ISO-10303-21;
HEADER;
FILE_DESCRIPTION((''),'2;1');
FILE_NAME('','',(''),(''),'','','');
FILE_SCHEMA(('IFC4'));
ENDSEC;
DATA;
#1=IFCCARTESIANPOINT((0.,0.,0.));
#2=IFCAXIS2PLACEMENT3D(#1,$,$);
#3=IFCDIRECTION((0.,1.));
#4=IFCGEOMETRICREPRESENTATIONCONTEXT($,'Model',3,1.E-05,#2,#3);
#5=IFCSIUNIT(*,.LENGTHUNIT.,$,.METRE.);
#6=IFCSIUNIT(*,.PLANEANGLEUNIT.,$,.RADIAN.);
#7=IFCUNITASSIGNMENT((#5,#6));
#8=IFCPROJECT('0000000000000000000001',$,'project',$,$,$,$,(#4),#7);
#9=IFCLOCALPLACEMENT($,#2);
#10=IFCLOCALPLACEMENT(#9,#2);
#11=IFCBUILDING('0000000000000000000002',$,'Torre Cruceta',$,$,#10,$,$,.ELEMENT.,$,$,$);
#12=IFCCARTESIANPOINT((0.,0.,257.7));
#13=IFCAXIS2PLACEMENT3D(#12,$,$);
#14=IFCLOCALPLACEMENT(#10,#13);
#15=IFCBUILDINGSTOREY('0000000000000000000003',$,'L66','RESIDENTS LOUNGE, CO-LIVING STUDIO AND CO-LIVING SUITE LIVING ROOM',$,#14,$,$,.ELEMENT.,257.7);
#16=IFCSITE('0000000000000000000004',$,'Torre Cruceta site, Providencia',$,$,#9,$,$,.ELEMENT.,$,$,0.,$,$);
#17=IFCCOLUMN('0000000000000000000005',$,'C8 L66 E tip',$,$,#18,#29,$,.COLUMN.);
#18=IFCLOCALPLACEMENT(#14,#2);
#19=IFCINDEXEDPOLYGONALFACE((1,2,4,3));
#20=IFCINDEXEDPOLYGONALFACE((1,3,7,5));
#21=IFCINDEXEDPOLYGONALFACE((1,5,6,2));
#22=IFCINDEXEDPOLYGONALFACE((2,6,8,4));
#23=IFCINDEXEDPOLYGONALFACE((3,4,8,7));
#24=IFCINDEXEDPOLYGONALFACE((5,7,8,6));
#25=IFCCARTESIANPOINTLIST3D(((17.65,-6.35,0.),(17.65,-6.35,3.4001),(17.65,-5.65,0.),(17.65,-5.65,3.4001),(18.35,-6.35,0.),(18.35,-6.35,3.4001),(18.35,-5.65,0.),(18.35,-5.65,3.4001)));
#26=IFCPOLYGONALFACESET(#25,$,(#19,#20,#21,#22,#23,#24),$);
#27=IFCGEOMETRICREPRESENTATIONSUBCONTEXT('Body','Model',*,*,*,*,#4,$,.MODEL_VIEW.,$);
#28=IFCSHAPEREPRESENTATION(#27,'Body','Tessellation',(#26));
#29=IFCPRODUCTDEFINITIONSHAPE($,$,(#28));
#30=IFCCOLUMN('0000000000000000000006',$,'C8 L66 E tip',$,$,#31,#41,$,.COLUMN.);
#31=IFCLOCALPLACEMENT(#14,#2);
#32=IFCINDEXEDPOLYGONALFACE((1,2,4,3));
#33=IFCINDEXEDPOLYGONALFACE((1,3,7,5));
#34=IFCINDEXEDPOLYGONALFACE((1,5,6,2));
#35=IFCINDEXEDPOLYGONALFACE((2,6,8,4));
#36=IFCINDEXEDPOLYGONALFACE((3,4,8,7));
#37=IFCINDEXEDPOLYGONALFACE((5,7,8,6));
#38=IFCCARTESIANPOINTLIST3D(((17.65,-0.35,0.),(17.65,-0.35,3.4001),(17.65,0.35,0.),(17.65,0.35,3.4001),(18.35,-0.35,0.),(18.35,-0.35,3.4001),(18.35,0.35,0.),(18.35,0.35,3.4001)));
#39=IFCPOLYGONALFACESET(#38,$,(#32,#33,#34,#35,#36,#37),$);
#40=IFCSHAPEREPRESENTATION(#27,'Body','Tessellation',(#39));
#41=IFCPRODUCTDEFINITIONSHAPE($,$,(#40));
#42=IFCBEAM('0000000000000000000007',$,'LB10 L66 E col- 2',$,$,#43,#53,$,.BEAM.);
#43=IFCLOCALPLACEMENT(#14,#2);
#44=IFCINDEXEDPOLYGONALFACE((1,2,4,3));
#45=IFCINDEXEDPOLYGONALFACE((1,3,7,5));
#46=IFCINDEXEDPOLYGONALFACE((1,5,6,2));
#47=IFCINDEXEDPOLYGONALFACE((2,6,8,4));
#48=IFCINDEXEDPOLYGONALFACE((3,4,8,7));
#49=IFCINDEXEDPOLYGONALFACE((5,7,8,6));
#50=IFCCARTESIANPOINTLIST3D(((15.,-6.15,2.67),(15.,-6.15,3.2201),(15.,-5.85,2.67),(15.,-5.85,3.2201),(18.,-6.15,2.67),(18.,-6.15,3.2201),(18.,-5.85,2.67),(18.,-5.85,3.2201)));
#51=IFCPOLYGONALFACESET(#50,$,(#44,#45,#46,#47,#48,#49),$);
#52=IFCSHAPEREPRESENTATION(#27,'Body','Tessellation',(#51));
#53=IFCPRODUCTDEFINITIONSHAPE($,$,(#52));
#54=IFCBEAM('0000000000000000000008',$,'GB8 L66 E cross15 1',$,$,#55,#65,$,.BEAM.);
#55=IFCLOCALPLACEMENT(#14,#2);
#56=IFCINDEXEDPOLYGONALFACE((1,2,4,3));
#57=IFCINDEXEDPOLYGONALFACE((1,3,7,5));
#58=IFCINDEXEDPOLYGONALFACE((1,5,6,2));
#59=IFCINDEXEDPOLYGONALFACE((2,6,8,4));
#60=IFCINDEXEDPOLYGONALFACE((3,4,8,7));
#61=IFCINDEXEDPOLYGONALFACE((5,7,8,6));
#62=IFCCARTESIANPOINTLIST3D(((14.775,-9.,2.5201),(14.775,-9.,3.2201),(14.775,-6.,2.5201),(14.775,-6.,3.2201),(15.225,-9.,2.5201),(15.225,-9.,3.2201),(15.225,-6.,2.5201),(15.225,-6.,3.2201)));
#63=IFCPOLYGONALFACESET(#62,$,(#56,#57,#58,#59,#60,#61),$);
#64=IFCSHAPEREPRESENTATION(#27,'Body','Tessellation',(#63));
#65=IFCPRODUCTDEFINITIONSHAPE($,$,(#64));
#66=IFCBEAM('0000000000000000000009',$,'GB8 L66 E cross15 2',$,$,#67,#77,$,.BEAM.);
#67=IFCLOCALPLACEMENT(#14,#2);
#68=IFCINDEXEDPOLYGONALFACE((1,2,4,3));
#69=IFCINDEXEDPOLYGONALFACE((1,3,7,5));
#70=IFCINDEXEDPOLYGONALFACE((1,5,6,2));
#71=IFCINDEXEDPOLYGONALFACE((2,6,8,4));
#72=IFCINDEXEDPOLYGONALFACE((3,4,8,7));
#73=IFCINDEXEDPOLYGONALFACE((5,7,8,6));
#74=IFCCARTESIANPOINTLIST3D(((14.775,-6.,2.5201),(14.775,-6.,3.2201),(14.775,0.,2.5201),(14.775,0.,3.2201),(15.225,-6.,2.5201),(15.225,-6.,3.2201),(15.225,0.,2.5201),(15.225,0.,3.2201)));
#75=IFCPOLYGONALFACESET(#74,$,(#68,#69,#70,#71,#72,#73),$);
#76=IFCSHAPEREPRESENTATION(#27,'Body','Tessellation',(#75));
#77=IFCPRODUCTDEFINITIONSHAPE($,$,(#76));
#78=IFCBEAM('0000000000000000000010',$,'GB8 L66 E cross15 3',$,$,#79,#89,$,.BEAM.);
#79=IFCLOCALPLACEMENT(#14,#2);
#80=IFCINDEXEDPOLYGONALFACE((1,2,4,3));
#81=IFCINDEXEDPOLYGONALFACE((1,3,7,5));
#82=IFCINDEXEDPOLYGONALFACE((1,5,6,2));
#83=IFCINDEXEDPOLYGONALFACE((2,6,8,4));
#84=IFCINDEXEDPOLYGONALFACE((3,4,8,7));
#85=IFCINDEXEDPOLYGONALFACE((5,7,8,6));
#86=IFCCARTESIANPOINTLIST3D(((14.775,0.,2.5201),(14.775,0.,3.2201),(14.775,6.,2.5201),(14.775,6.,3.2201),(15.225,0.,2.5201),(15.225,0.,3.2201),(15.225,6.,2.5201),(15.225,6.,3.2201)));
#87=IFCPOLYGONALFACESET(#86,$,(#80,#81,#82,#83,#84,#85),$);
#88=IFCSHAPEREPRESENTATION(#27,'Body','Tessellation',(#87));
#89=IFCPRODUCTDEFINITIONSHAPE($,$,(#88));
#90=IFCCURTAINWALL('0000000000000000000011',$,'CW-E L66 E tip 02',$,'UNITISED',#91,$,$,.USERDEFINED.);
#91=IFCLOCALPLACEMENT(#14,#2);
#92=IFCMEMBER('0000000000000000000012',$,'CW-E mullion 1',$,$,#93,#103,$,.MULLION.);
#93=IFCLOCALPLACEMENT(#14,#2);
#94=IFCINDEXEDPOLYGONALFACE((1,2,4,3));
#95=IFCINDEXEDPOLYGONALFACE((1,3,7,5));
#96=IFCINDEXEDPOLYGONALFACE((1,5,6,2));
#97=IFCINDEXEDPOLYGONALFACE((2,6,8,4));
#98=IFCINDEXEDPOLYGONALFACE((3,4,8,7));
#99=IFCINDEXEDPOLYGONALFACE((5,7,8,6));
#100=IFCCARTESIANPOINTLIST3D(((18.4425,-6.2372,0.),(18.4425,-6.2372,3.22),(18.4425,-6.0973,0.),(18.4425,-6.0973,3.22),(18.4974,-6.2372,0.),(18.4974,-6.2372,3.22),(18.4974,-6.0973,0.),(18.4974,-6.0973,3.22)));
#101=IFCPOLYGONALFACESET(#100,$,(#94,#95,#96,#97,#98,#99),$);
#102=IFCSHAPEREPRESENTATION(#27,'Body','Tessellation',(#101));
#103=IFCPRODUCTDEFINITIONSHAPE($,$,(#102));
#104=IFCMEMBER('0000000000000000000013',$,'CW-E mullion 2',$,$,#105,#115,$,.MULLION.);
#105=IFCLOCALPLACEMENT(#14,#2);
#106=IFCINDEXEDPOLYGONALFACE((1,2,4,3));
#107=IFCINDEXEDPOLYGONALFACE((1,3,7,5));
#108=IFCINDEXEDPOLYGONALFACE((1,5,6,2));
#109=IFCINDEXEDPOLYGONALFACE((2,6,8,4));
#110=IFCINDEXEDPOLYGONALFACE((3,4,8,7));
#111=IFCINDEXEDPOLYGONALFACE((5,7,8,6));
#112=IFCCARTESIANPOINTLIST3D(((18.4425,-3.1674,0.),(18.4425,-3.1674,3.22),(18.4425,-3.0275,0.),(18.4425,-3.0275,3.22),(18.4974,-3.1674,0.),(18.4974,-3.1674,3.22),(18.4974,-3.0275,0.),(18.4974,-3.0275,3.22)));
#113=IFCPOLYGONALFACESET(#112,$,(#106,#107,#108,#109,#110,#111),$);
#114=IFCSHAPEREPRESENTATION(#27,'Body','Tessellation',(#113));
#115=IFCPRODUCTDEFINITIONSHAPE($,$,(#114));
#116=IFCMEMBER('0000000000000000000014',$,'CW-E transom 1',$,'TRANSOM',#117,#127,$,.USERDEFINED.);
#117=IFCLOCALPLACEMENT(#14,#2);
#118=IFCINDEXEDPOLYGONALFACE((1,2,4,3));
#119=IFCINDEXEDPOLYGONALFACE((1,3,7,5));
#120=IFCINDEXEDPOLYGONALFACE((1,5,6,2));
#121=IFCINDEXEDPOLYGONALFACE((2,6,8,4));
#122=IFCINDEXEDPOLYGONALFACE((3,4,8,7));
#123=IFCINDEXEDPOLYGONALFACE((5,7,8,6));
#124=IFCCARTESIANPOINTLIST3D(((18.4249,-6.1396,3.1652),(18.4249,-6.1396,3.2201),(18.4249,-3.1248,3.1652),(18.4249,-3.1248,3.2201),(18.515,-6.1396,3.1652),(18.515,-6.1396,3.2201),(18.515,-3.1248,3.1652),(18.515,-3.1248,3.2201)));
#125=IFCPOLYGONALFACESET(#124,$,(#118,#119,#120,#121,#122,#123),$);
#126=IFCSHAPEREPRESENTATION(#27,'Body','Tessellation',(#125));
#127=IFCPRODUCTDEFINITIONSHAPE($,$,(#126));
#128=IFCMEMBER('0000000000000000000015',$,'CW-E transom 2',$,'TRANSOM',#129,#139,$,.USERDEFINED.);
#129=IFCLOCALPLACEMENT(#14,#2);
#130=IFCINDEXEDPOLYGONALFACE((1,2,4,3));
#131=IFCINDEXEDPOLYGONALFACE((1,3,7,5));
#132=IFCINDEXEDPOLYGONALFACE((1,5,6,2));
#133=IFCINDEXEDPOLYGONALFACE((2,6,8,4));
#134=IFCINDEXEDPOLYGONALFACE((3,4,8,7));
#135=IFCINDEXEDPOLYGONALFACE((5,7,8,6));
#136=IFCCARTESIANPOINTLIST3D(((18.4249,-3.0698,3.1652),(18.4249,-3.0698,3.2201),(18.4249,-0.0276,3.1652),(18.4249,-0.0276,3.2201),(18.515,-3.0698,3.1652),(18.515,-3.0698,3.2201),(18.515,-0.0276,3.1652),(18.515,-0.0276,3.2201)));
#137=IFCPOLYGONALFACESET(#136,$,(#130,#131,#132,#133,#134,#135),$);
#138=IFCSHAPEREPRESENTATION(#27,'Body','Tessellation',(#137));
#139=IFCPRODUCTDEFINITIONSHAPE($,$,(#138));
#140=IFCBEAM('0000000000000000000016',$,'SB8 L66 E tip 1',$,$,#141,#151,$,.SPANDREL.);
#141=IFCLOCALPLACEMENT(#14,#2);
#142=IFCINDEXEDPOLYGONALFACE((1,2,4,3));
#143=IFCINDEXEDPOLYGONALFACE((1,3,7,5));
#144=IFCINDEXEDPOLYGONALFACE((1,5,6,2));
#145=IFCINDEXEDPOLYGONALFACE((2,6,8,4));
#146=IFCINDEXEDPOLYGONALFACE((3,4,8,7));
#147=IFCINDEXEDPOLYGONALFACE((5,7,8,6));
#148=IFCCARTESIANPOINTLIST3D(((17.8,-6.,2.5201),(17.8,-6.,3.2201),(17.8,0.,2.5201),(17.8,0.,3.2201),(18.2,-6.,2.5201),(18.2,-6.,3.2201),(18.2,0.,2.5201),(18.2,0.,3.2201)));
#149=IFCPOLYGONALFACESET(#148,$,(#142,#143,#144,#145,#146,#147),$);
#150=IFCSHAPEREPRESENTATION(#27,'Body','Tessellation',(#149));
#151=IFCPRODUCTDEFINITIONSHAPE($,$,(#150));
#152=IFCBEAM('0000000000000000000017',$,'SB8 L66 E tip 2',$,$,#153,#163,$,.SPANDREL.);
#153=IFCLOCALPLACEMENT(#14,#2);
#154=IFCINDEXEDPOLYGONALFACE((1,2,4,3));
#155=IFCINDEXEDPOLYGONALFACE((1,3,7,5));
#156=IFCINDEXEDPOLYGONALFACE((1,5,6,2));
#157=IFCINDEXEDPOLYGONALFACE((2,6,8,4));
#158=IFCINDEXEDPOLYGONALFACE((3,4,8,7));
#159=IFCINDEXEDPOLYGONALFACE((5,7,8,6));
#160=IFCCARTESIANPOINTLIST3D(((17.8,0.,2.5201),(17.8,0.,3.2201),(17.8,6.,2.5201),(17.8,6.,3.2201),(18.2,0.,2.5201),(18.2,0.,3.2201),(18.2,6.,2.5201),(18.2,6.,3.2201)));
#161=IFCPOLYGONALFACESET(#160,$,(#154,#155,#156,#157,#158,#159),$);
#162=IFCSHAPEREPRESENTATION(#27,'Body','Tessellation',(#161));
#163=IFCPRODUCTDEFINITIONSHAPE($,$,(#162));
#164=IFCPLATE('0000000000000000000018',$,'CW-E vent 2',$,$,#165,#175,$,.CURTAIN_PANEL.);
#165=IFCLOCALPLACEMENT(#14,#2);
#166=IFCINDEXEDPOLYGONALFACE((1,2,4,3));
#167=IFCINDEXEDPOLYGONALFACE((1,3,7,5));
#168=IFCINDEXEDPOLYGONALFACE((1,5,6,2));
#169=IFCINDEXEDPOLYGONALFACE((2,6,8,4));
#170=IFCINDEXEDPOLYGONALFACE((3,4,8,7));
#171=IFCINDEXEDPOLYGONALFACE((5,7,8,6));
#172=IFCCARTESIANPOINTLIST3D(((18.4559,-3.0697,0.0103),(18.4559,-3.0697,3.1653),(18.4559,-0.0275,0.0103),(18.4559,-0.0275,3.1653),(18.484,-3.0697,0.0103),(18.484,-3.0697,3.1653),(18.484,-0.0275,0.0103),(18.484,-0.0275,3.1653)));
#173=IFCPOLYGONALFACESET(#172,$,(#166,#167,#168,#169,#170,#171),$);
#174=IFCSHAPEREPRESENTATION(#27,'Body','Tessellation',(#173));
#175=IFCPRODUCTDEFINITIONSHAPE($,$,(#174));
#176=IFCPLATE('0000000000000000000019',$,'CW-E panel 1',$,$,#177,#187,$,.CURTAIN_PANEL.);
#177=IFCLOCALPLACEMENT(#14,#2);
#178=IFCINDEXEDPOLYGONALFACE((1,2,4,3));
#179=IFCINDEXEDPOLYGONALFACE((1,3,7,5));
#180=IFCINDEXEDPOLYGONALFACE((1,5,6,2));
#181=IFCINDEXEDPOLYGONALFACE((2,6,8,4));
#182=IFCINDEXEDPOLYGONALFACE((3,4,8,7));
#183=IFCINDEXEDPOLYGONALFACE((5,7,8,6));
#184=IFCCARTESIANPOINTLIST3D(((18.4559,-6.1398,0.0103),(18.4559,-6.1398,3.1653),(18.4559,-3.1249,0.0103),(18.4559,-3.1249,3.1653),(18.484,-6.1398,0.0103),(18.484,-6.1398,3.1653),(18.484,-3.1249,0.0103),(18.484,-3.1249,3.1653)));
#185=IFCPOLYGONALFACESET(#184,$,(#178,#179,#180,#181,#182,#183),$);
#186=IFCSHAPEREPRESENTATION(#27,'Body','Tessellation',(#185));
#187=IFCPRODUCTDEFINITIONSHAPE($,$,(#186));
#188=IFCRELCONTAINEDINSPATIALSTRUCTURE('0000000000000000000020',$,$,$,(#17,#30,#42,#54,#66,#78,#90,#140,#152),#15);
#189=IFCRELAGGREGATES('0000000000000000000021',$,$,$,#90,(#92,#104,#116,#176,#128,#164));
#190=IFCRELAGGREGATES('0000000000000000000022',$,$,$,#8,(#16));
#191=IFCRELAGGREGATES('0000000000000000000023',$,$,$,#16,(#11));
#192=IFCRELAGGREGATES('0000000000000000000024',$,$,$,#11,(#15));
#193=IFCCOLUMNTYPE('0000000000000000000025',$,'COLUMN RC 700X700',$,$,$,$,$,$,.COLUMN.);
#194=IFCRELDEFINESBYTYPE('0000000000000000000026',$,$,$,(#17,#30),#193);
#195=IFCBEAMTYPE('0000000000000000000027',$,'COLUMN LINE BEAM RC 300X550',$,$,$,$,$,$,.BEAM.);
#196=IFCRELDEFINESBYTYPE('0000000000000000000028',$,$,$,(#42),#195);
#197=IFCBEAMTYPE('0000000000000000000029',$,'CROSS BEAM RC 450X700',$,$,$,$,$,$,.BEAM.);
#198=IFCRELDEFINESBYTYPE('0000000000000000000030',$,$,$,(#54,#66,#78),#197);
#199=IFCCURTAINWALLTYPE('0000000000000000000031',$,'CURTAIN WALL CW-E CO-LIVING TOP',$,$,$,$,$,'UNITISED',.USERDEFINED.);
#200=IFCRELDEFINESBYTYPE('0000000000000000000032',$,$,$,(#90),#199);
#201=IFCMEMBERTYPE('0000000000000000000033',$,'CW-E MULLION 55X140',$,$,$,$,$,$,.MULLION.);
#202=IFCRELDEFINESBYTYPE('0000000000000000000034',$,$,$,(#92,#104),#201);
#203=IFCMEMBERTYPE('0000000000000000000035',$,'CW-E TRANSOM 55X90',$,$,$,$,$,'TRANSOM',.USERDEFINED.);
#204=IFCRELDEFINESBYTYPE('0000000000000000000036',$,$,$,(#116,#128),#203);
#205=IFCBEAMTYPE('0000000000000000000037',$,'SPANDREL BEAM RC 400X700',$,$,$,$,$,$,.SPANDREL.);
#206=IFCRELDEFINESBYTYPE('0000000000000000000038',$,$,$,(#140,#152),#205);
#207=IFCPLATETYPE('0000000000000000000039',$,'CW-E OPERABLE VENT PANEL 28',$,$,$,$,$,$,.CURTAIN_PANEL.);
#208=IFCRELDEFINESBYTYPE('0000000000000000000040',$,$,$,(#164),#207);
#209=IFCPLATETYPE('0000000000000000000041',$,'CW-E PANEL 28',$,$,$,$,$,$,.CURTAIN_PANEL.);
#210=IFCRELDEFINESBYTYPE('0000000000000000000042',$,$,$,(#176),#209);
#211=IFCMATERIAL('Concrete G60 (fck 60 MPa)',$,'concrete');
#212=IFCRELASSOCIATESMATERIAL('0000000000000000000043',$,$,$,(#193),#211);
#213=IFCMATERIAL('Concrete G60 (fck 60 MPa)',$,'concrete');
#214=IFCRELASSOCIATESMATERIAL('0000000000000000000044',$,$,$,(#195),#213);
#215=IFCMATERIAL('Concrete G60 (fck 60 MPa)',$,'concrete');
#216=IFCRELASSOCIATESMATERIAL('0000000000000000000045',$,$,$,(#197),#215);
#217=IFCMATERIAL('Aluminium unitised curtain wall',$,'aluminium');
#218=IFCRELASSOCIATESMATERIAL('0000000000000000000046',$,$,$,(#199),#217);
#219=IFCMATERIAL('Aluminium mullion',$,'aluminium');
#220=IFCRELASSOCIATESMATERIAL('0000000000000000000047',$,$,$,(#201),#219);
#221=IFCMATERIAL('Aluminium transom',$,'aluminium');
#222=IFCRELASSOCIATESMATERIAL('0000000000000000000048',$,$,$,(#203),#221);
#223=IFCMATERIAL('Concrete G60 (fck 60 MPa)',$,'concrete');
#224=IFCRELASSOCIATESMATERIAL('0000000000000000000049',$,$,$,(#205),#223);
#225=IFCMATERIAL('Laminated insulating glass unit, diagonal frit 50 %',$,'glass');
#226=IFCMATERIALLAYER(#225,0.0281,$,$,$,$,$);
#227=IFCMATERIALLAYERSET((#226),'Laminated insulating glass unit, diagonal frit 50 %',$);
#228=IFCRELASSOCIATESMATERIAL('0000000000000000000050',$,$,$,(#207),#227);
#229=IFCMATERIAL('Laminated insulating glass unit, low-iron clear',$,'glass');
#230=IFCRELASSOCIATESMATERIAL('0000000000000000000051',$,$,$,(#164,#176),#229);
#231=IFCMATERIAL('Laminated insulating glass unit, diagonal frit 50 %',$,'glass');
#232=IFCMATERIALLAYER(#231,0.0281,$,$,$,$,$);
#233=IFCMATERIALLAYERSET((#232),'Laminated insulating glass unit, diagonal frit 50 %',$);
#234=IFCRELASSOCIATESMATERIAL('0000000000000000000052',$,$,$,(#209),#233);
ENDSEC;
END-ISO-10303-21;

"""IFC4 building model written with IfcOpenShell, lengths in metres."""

from ifc_helpers import new_model, si_unit, direction, frame, origin, origin_2d, place, context, subcontext, project, spatial, rectangle, extrude, material, layer, layer_set, material_profile, profile_set, type_object, element, aggregate, save


model = new_model("IFC4")

# Units and contexts
model_context = context("Model", 3, precision=1e-05, world=origin(), true_north=direction((0.0, 1.0)))
body_context = subcontext(model_context, "Body", "Model", "MODEL_VIEW")
ifc_project = project(units=[si_unit("LENGTHUNIT", "METRE"), si_unit("PLANEANGLEUNIT", "RADIAN")], contexts=[model_context])

# Site, building, storey
site_placement = place(None, origin())
site = spatial("IfcSite", under=ifc_project, at=site_placement, Name="Torre Cruceta site, Providencia", CompositionType="ELEMENT", RefElevation=0.0)
building_placement = place(site_placement, origin())
building = spatial("IfcBuilding", under=site, at=building_placement, Name="Torre Cruceta", CompositionType="ELEMENT")
storey_placement = place(building_placement, frame((0.0, 0.0, 257.7)))
storey = spatial("IfcBuildingStorey", under=building, at=storey_placement, Name="L66", Description="RESIDENTS LOUNGE, CO-LIVING STUDIO AND CO-LIVING SUITE LIVING ROOM", CompositionType="ELEMENT", Elevation=257.7)

# Columns
ifc_material_1 = material(Name="Concrete G60 (fck 60 MPa)", Category="concrete")
ifc_material_profile_1 = material_profile(ifc_material_1, rectangle(XDim=0.7, YDim=0.7, at=origin_2d()), Name="RC 700X700")
ifc_profile_set_1 = profile_set([ifc_material_profile_1], Name="Concrete G60 (fck 60 MPa)")
column_type = type_object("IfcColumnType", Name="COLUMN RC 700X700", PredefinedType="COLUMN", material=ifc_profile_set_1)
for number, where, z_axis, x_axis, name in (
    (1, (18.0, -6.0, 0.0), (0.0, 0.0, 1.0), (1.0, 0.0, 0.0), "C8 L66 E tip"),
    (2, (18.0, 0.0, 0.0), (0.0, 0.0, 1.0), (1.0, 0.0, 0.0), "C8 L66 E tip"),
):
    element("IfcColumn", number, at=place(storey_placement, frame(where, z_axis=z_axis, x_axis=x_axis)), inside=storey, type_object=column_type, Name=name, PredefinedType="COLUMN", context=body_context, shape_type="SweptSolid", body=[
        extrude(rectangle(XDim=0.7, YDim=0.7, at=origin_2d()), origin(), (0.0, 0.0, 1.0), 3.4001),
    ])

# Beams
ifc_material_2 = material(Name="Concrete G60 (fck 60 MPa)", Category="concrete")
ifc_material_profile_2 = material_profile(ifc_material_2, rectangle(XDim=0.3, YDim=0.55, at=origin_2d()), Name="RC 300X550")
ifc_profile_set_2 = profile_set([ifc_material_profile_2], Name="Concrete G60 (fck 60 MPa)")
beam_type_1 = type_object("IfcBeamType", Name="COLUMN LINE BEAM RC 300X550", PredefinedType="BEAM", material=ifc_profile_set_2)
beam_1_placement = place(storey_placement, frame((15.0, -6.0, 2.9451), z_axis=(1.0, 0.0, 0.0), x_axis=(0.0, 1.0, 0.0)))
element("IfcBeam", 3, at=beam_1_placement, inside=storey, type_object=beam_type_1, Name="LB10 L66 E col- 2", PredefinedType="BEAM", context=body_context, shape_type="SweptSolid", body=[
    extrude(rectangle(XDim=0.3, YDim=0.55, at=origin_2d()), origin(), (0.0, 0.0, 1.0), 3.0),
])
ifc_material_3 = material(Name="Concrete G60 (fck 60 MPa)", Category="concrete")
ifc_material_profile_3 = material_profile(ifc_material_3, rectangle(XDim=0.45, YDim=0.7, at=origin_2d()), Name="RC 450X700")
ifc_profile_set_3 = profile_set([ifc_material_profile_3], Name="Concrete G60 (fck 60 MPa)")
beam_type_2 = type_object("IfcBeamType", Name="CROSS BEAM RC 450X700", PredefinedType="BEAM", material=ifc_profile_set_3)
beam_2_placement = place(storey_placement, frame((15.0, -9.0, 2.8701), z_axis=(0.0, 1.0, 0.0), x_axis=(-1.0, 0.0, 0.0)))
element("IfcBeam", 4, at=beam_2_placement, inside=storey, type_object=beam_type_2, Name="GB8 L66 E cross15 1", PredefinedType="BEAM", context=body_context, shape_type="SweptSolid", body=[
    extrude(rectangle(XDim=0.45, YDim=0.7, at=origin_2d()), origin(), (0.0, 0.0, 1.0), 3.0),
])
for number, where, z_axis, x_axis, name in (
    (5, (15.0, -6.0, 2.8701), (0.0, 1.0, 0.0), (-1.0, 0.0, 0.0), "GB8 L66 E cross15 2"),
    (6, (15.0, 0.0, 2.8701), (0.0, 1.0, 0.0), (-1.0, 0.0, 0.0), "GB8 L66 E cross15 3"),
):
    element("IfcBeam", number, at=place(storey_placement, frame(where, z_axis=z_axis, x_axis=x_axis)), inside=storey, type_object=beam_type_2, Name=name, PredefinedType="BEAM", context=body_context, shape_type="SweptSolid", body=[
        extrude(rectangle(XDim=0.45, YDim=0.7, at=origin_2d()), origin(), (0.0, 0.0, 1.0), 6.0),
    ])

# Curtain wall, members
ifc_material_4 = material(Name="Aluminium unitised curtain wall", Category="aluminium")
curtain_wall_type = type_object("IfcCurtainWallType", Name="CURTAIN WALL CW-E CO-LIVING TOP", ElementType="UNITISED", PredefinedType="USERDEFINED", material=ifc_material_4)
curtain_wall_placement = place(storey_placement, origin())
curtain_wall = element("IfcCurtainWall", 7, at=curtain_wall_placement, inside=storey, type_object=curtain_wall_type, Name="CW-E L66 E tip 02", ObjectType="UNITISED", PredefinedType="USERDEFINED")
ifc_material_5 = material(Name="Aluminium mullion", Category="aluminium")
ifc_material_profile_4 = material_profile(ifc_material_5, rectangle(XDim=0.0549, YDim=0.1399, at=origin_2d()), Name="AL 55X140")
ifc_profile_set_4 = profile_set([ifc_material_profile_4], Name="Aluminium mullion")
member_type_1 = type_object("IfcMemberType", Name="CW-E MULLION 55X140", PredefinedType="MULLION", material=ifc_profile_set_4)
member_1_placement = place(storey_placement, frame((18.47, -6.1672, 0.0), z_axis=(0.0, 0.0, 1.0), x_axis=(-1.0, 0.0, 0.0)))
member_1 = element("IfcMember", 8, at=member_1_placement, type_object=member_type_1, Name="CW-E mullion 1", PredefinedType="MULLION", context=body_context, shape_type="SweptSolid", body=[
    extrude(rectangle(XDim=0.0549, YDim=0.1399, at=origin_2d()), origin(), (0.0, 0.0, 1.0), 3.22),
])
member_2_placement = place(storey_placement, frame((18.47, -3.0974, 0.0), z_axis=(0.0, 0.0, 1.0), x_axis=(-1.0, 0.0, 0.0)))
member_2 = element("IfcMember", 9, at=member_2_placement, type_object=member_type_1, Name="CW-E mullion 2", PredefinedType="MULLION", context=body_context, shape_type="SweptSolid", body=[
    extrude(rectangle(XDim=0.0549, YDim=0.1399, at=origin_2d()), origin(), (0.0, 0.0, 1.0), 3.22),
])
ifc_material_6 = material(Name="Aluminium transom", Category="aluminium")
ifc_material_profile_5 = material_profile(ifc_material_6, rectangle(XDim=0.0901, YDim=0.0549, at=origin_2d()), Name="AL 90X55")
ifc_profile_set_5 = profile_set([ifc_material_profile_5], Name="Aluminium transom")
member_type_2 = type_object("IfcMemberType", Name="CW-E TRANSOM 55X90", ElementType="TRANSOM", PredefinedType="USERDEFINED", material=ifc_profile_set_5)
member_3_placement = place(storey_placement, frame((18.47, -6.1396, 3.1926), z_axis=(0.0, 1.0, 0.0), x_axis=(-1.0, 0.0, 0.0)))
member_3 = element("IfcMember", 10, at=member_3_placement, type_object=member_type_2, Name="CW-E transom 1", ObjectType="TRANSOM", PredefinedType="USERDEFINED", context=body_context, shape_type="SweptSolid", body=[
    extrude(rectangle(XDim=0.0901, YDim=0.0549, at=origin_2d()), origin(), (0.0, 0.0, 1.0), 3.0149),
])
member_4_placement = place(storey_placement, frame((18.47, -3.0698, 3.1926), z_axis=(0.0, 1.0, 0.0), x_axis=(-1.0, 0.0, 0.0)))
member_4 = element("IfcMember", 11, at=member_4_placement, type_object=member_type_2, Name="CW-E transom 2", ObjectType="TRANSOM", PredefinedType="USERDEFINED", context=body_context, shape_type="SweptSolid", body=[
    extrude(rectangle(XDim=0.0901, YDim=0.0549, at=origin_2d()), origin(), (0.0, 0.0, 1.0), 3.0422),
])

# Beams
ifc_material_7 = material(Name="Concrete G60 (fck 60 MPa)", Category="concrete")
ifc_material_profile_6 = material_profile(ifc_material_7, rectangle(XDim=0.3999, YDim=0.7, at=origin_2d()), Name="RC 400X700")
ifc_profile_set_6 = profile_set([ifc_material_profile_6], Name="Concrete G60 (fck 60 MPa)")
beam_type_3 = type_object("IfcBeamType", Name="SPANDREL BEAM RC 400X700", PredefinedType="SPANDREL", material=ifc_profile_set_6)
for number, where, z_axis, x_axis, name in (
    (12, (18.0, -6.0, 2.8701), (0.0, 1.0, 0.0), (-1.0, 0.0, 0.0), "SB8 L66 E tip 1"),
    (13, (18.0, 0.0, 2.8701), (0.0, 1.0, 0.0), (-1.0, 0.0, 0.0), "SB8 L66 E tip 2"),
):
    element("IfcBeam", number, at=place(storey_placement, frame(where, z_axis=z_axis, x_axis=x_axis)), inside=storey, type_object=beam_type_3, Name=name, PredefinedType="SPANDREL", context=body_context, shape_type="SweptSolid", body=[
        extrude(rectangle(XDim=0.3999, YDim=0.7, at=origin_2d()), origin(), (0.0, 0.0, 1.0), 6.0),
    ])

# Plates
ifc_material_8 = material(Name="Laminated insulating glass unit, low-iron clear", Category="glass")
ifc_material_9 = material(Name="Laminated insulating glass unit, diagonal frit 50 %", Category="glass")
ifc_layer_1 = layer(ifc_material_9, 0.0281)
ifc_layer_set_1 = layer_set([ifc_layer_1], Name="Laminated insulating glass unit, diagonal frit 50 %")
plate_type_1 = type_object("IfcPlateType", Name="CW-E OPERABLE VENT PANEL 28", PredefinedType="CURTAIN_PANEL", material=ifc_layer_set_1)
plate_1_placement = place(storey_placement, frame((18.47, -1.5486, 0.0103), z_axis=(0.0, 0.0, 1.0), x_axis=(0.0, 1.0, 0.0)))
plate_1 = element("IfcPlate", 14, at=plate_1_placement, type_object=plate_type_1, material=ifc_material_8, Name="CW-E vent 2", PredefinedType="CURTAIN_PANEL", context=body_context, shape_type="SweptSolid", body=[
    extrude(rectangle(XDim=3.0422, YDim=0.0281, at=origin_2d()), origin(), (0.0, 0.0, 1.0), 3.155),
])
ifc_material_10 = material(Name="Laminated insulating glass unit, diagonal frit 50 %", Category="glass")
ifc_layer_2 = layer(ifc_material_10, 0.0281)
ifc_layer_set_2 = layer_set([ifc_layer_2], Name="Laminated insulating glass unit, diagonal frit 50 %")
plate_type_2 = type_object("IfcPlateType", Name="CW-E PANEL 28", PredefinedType="CURTAIN_PANEL", material=ifc_layer_set_2)
plate_2_placement = place(storey_placement, frame((18.47, -4.6323, 0.0103), z_axis=(0.0, 0.0, 1.0), x_axis=(0.0, 1.0, 0.0)))
plate_2 = element("IfcPlate", 15, at=plate_2_placement, type_object=plate_type_2, material=ifc_material_8, Name="CW-E panel 1", PredefinedType="CURTAIN_PANEL", context=body_context, shape_type="SweptSolid", body=[
    extrude(rectangle(XDim=3.0149, YDim=0.0281, at=origin_2d()), origin(), (0.0, 0.0, 1.0), 3.155),
])
aggregate(curtain_wall, [member_1, member_2, member_3, plate_2, member_4, plate_1])

save(model, "model.ifc")
